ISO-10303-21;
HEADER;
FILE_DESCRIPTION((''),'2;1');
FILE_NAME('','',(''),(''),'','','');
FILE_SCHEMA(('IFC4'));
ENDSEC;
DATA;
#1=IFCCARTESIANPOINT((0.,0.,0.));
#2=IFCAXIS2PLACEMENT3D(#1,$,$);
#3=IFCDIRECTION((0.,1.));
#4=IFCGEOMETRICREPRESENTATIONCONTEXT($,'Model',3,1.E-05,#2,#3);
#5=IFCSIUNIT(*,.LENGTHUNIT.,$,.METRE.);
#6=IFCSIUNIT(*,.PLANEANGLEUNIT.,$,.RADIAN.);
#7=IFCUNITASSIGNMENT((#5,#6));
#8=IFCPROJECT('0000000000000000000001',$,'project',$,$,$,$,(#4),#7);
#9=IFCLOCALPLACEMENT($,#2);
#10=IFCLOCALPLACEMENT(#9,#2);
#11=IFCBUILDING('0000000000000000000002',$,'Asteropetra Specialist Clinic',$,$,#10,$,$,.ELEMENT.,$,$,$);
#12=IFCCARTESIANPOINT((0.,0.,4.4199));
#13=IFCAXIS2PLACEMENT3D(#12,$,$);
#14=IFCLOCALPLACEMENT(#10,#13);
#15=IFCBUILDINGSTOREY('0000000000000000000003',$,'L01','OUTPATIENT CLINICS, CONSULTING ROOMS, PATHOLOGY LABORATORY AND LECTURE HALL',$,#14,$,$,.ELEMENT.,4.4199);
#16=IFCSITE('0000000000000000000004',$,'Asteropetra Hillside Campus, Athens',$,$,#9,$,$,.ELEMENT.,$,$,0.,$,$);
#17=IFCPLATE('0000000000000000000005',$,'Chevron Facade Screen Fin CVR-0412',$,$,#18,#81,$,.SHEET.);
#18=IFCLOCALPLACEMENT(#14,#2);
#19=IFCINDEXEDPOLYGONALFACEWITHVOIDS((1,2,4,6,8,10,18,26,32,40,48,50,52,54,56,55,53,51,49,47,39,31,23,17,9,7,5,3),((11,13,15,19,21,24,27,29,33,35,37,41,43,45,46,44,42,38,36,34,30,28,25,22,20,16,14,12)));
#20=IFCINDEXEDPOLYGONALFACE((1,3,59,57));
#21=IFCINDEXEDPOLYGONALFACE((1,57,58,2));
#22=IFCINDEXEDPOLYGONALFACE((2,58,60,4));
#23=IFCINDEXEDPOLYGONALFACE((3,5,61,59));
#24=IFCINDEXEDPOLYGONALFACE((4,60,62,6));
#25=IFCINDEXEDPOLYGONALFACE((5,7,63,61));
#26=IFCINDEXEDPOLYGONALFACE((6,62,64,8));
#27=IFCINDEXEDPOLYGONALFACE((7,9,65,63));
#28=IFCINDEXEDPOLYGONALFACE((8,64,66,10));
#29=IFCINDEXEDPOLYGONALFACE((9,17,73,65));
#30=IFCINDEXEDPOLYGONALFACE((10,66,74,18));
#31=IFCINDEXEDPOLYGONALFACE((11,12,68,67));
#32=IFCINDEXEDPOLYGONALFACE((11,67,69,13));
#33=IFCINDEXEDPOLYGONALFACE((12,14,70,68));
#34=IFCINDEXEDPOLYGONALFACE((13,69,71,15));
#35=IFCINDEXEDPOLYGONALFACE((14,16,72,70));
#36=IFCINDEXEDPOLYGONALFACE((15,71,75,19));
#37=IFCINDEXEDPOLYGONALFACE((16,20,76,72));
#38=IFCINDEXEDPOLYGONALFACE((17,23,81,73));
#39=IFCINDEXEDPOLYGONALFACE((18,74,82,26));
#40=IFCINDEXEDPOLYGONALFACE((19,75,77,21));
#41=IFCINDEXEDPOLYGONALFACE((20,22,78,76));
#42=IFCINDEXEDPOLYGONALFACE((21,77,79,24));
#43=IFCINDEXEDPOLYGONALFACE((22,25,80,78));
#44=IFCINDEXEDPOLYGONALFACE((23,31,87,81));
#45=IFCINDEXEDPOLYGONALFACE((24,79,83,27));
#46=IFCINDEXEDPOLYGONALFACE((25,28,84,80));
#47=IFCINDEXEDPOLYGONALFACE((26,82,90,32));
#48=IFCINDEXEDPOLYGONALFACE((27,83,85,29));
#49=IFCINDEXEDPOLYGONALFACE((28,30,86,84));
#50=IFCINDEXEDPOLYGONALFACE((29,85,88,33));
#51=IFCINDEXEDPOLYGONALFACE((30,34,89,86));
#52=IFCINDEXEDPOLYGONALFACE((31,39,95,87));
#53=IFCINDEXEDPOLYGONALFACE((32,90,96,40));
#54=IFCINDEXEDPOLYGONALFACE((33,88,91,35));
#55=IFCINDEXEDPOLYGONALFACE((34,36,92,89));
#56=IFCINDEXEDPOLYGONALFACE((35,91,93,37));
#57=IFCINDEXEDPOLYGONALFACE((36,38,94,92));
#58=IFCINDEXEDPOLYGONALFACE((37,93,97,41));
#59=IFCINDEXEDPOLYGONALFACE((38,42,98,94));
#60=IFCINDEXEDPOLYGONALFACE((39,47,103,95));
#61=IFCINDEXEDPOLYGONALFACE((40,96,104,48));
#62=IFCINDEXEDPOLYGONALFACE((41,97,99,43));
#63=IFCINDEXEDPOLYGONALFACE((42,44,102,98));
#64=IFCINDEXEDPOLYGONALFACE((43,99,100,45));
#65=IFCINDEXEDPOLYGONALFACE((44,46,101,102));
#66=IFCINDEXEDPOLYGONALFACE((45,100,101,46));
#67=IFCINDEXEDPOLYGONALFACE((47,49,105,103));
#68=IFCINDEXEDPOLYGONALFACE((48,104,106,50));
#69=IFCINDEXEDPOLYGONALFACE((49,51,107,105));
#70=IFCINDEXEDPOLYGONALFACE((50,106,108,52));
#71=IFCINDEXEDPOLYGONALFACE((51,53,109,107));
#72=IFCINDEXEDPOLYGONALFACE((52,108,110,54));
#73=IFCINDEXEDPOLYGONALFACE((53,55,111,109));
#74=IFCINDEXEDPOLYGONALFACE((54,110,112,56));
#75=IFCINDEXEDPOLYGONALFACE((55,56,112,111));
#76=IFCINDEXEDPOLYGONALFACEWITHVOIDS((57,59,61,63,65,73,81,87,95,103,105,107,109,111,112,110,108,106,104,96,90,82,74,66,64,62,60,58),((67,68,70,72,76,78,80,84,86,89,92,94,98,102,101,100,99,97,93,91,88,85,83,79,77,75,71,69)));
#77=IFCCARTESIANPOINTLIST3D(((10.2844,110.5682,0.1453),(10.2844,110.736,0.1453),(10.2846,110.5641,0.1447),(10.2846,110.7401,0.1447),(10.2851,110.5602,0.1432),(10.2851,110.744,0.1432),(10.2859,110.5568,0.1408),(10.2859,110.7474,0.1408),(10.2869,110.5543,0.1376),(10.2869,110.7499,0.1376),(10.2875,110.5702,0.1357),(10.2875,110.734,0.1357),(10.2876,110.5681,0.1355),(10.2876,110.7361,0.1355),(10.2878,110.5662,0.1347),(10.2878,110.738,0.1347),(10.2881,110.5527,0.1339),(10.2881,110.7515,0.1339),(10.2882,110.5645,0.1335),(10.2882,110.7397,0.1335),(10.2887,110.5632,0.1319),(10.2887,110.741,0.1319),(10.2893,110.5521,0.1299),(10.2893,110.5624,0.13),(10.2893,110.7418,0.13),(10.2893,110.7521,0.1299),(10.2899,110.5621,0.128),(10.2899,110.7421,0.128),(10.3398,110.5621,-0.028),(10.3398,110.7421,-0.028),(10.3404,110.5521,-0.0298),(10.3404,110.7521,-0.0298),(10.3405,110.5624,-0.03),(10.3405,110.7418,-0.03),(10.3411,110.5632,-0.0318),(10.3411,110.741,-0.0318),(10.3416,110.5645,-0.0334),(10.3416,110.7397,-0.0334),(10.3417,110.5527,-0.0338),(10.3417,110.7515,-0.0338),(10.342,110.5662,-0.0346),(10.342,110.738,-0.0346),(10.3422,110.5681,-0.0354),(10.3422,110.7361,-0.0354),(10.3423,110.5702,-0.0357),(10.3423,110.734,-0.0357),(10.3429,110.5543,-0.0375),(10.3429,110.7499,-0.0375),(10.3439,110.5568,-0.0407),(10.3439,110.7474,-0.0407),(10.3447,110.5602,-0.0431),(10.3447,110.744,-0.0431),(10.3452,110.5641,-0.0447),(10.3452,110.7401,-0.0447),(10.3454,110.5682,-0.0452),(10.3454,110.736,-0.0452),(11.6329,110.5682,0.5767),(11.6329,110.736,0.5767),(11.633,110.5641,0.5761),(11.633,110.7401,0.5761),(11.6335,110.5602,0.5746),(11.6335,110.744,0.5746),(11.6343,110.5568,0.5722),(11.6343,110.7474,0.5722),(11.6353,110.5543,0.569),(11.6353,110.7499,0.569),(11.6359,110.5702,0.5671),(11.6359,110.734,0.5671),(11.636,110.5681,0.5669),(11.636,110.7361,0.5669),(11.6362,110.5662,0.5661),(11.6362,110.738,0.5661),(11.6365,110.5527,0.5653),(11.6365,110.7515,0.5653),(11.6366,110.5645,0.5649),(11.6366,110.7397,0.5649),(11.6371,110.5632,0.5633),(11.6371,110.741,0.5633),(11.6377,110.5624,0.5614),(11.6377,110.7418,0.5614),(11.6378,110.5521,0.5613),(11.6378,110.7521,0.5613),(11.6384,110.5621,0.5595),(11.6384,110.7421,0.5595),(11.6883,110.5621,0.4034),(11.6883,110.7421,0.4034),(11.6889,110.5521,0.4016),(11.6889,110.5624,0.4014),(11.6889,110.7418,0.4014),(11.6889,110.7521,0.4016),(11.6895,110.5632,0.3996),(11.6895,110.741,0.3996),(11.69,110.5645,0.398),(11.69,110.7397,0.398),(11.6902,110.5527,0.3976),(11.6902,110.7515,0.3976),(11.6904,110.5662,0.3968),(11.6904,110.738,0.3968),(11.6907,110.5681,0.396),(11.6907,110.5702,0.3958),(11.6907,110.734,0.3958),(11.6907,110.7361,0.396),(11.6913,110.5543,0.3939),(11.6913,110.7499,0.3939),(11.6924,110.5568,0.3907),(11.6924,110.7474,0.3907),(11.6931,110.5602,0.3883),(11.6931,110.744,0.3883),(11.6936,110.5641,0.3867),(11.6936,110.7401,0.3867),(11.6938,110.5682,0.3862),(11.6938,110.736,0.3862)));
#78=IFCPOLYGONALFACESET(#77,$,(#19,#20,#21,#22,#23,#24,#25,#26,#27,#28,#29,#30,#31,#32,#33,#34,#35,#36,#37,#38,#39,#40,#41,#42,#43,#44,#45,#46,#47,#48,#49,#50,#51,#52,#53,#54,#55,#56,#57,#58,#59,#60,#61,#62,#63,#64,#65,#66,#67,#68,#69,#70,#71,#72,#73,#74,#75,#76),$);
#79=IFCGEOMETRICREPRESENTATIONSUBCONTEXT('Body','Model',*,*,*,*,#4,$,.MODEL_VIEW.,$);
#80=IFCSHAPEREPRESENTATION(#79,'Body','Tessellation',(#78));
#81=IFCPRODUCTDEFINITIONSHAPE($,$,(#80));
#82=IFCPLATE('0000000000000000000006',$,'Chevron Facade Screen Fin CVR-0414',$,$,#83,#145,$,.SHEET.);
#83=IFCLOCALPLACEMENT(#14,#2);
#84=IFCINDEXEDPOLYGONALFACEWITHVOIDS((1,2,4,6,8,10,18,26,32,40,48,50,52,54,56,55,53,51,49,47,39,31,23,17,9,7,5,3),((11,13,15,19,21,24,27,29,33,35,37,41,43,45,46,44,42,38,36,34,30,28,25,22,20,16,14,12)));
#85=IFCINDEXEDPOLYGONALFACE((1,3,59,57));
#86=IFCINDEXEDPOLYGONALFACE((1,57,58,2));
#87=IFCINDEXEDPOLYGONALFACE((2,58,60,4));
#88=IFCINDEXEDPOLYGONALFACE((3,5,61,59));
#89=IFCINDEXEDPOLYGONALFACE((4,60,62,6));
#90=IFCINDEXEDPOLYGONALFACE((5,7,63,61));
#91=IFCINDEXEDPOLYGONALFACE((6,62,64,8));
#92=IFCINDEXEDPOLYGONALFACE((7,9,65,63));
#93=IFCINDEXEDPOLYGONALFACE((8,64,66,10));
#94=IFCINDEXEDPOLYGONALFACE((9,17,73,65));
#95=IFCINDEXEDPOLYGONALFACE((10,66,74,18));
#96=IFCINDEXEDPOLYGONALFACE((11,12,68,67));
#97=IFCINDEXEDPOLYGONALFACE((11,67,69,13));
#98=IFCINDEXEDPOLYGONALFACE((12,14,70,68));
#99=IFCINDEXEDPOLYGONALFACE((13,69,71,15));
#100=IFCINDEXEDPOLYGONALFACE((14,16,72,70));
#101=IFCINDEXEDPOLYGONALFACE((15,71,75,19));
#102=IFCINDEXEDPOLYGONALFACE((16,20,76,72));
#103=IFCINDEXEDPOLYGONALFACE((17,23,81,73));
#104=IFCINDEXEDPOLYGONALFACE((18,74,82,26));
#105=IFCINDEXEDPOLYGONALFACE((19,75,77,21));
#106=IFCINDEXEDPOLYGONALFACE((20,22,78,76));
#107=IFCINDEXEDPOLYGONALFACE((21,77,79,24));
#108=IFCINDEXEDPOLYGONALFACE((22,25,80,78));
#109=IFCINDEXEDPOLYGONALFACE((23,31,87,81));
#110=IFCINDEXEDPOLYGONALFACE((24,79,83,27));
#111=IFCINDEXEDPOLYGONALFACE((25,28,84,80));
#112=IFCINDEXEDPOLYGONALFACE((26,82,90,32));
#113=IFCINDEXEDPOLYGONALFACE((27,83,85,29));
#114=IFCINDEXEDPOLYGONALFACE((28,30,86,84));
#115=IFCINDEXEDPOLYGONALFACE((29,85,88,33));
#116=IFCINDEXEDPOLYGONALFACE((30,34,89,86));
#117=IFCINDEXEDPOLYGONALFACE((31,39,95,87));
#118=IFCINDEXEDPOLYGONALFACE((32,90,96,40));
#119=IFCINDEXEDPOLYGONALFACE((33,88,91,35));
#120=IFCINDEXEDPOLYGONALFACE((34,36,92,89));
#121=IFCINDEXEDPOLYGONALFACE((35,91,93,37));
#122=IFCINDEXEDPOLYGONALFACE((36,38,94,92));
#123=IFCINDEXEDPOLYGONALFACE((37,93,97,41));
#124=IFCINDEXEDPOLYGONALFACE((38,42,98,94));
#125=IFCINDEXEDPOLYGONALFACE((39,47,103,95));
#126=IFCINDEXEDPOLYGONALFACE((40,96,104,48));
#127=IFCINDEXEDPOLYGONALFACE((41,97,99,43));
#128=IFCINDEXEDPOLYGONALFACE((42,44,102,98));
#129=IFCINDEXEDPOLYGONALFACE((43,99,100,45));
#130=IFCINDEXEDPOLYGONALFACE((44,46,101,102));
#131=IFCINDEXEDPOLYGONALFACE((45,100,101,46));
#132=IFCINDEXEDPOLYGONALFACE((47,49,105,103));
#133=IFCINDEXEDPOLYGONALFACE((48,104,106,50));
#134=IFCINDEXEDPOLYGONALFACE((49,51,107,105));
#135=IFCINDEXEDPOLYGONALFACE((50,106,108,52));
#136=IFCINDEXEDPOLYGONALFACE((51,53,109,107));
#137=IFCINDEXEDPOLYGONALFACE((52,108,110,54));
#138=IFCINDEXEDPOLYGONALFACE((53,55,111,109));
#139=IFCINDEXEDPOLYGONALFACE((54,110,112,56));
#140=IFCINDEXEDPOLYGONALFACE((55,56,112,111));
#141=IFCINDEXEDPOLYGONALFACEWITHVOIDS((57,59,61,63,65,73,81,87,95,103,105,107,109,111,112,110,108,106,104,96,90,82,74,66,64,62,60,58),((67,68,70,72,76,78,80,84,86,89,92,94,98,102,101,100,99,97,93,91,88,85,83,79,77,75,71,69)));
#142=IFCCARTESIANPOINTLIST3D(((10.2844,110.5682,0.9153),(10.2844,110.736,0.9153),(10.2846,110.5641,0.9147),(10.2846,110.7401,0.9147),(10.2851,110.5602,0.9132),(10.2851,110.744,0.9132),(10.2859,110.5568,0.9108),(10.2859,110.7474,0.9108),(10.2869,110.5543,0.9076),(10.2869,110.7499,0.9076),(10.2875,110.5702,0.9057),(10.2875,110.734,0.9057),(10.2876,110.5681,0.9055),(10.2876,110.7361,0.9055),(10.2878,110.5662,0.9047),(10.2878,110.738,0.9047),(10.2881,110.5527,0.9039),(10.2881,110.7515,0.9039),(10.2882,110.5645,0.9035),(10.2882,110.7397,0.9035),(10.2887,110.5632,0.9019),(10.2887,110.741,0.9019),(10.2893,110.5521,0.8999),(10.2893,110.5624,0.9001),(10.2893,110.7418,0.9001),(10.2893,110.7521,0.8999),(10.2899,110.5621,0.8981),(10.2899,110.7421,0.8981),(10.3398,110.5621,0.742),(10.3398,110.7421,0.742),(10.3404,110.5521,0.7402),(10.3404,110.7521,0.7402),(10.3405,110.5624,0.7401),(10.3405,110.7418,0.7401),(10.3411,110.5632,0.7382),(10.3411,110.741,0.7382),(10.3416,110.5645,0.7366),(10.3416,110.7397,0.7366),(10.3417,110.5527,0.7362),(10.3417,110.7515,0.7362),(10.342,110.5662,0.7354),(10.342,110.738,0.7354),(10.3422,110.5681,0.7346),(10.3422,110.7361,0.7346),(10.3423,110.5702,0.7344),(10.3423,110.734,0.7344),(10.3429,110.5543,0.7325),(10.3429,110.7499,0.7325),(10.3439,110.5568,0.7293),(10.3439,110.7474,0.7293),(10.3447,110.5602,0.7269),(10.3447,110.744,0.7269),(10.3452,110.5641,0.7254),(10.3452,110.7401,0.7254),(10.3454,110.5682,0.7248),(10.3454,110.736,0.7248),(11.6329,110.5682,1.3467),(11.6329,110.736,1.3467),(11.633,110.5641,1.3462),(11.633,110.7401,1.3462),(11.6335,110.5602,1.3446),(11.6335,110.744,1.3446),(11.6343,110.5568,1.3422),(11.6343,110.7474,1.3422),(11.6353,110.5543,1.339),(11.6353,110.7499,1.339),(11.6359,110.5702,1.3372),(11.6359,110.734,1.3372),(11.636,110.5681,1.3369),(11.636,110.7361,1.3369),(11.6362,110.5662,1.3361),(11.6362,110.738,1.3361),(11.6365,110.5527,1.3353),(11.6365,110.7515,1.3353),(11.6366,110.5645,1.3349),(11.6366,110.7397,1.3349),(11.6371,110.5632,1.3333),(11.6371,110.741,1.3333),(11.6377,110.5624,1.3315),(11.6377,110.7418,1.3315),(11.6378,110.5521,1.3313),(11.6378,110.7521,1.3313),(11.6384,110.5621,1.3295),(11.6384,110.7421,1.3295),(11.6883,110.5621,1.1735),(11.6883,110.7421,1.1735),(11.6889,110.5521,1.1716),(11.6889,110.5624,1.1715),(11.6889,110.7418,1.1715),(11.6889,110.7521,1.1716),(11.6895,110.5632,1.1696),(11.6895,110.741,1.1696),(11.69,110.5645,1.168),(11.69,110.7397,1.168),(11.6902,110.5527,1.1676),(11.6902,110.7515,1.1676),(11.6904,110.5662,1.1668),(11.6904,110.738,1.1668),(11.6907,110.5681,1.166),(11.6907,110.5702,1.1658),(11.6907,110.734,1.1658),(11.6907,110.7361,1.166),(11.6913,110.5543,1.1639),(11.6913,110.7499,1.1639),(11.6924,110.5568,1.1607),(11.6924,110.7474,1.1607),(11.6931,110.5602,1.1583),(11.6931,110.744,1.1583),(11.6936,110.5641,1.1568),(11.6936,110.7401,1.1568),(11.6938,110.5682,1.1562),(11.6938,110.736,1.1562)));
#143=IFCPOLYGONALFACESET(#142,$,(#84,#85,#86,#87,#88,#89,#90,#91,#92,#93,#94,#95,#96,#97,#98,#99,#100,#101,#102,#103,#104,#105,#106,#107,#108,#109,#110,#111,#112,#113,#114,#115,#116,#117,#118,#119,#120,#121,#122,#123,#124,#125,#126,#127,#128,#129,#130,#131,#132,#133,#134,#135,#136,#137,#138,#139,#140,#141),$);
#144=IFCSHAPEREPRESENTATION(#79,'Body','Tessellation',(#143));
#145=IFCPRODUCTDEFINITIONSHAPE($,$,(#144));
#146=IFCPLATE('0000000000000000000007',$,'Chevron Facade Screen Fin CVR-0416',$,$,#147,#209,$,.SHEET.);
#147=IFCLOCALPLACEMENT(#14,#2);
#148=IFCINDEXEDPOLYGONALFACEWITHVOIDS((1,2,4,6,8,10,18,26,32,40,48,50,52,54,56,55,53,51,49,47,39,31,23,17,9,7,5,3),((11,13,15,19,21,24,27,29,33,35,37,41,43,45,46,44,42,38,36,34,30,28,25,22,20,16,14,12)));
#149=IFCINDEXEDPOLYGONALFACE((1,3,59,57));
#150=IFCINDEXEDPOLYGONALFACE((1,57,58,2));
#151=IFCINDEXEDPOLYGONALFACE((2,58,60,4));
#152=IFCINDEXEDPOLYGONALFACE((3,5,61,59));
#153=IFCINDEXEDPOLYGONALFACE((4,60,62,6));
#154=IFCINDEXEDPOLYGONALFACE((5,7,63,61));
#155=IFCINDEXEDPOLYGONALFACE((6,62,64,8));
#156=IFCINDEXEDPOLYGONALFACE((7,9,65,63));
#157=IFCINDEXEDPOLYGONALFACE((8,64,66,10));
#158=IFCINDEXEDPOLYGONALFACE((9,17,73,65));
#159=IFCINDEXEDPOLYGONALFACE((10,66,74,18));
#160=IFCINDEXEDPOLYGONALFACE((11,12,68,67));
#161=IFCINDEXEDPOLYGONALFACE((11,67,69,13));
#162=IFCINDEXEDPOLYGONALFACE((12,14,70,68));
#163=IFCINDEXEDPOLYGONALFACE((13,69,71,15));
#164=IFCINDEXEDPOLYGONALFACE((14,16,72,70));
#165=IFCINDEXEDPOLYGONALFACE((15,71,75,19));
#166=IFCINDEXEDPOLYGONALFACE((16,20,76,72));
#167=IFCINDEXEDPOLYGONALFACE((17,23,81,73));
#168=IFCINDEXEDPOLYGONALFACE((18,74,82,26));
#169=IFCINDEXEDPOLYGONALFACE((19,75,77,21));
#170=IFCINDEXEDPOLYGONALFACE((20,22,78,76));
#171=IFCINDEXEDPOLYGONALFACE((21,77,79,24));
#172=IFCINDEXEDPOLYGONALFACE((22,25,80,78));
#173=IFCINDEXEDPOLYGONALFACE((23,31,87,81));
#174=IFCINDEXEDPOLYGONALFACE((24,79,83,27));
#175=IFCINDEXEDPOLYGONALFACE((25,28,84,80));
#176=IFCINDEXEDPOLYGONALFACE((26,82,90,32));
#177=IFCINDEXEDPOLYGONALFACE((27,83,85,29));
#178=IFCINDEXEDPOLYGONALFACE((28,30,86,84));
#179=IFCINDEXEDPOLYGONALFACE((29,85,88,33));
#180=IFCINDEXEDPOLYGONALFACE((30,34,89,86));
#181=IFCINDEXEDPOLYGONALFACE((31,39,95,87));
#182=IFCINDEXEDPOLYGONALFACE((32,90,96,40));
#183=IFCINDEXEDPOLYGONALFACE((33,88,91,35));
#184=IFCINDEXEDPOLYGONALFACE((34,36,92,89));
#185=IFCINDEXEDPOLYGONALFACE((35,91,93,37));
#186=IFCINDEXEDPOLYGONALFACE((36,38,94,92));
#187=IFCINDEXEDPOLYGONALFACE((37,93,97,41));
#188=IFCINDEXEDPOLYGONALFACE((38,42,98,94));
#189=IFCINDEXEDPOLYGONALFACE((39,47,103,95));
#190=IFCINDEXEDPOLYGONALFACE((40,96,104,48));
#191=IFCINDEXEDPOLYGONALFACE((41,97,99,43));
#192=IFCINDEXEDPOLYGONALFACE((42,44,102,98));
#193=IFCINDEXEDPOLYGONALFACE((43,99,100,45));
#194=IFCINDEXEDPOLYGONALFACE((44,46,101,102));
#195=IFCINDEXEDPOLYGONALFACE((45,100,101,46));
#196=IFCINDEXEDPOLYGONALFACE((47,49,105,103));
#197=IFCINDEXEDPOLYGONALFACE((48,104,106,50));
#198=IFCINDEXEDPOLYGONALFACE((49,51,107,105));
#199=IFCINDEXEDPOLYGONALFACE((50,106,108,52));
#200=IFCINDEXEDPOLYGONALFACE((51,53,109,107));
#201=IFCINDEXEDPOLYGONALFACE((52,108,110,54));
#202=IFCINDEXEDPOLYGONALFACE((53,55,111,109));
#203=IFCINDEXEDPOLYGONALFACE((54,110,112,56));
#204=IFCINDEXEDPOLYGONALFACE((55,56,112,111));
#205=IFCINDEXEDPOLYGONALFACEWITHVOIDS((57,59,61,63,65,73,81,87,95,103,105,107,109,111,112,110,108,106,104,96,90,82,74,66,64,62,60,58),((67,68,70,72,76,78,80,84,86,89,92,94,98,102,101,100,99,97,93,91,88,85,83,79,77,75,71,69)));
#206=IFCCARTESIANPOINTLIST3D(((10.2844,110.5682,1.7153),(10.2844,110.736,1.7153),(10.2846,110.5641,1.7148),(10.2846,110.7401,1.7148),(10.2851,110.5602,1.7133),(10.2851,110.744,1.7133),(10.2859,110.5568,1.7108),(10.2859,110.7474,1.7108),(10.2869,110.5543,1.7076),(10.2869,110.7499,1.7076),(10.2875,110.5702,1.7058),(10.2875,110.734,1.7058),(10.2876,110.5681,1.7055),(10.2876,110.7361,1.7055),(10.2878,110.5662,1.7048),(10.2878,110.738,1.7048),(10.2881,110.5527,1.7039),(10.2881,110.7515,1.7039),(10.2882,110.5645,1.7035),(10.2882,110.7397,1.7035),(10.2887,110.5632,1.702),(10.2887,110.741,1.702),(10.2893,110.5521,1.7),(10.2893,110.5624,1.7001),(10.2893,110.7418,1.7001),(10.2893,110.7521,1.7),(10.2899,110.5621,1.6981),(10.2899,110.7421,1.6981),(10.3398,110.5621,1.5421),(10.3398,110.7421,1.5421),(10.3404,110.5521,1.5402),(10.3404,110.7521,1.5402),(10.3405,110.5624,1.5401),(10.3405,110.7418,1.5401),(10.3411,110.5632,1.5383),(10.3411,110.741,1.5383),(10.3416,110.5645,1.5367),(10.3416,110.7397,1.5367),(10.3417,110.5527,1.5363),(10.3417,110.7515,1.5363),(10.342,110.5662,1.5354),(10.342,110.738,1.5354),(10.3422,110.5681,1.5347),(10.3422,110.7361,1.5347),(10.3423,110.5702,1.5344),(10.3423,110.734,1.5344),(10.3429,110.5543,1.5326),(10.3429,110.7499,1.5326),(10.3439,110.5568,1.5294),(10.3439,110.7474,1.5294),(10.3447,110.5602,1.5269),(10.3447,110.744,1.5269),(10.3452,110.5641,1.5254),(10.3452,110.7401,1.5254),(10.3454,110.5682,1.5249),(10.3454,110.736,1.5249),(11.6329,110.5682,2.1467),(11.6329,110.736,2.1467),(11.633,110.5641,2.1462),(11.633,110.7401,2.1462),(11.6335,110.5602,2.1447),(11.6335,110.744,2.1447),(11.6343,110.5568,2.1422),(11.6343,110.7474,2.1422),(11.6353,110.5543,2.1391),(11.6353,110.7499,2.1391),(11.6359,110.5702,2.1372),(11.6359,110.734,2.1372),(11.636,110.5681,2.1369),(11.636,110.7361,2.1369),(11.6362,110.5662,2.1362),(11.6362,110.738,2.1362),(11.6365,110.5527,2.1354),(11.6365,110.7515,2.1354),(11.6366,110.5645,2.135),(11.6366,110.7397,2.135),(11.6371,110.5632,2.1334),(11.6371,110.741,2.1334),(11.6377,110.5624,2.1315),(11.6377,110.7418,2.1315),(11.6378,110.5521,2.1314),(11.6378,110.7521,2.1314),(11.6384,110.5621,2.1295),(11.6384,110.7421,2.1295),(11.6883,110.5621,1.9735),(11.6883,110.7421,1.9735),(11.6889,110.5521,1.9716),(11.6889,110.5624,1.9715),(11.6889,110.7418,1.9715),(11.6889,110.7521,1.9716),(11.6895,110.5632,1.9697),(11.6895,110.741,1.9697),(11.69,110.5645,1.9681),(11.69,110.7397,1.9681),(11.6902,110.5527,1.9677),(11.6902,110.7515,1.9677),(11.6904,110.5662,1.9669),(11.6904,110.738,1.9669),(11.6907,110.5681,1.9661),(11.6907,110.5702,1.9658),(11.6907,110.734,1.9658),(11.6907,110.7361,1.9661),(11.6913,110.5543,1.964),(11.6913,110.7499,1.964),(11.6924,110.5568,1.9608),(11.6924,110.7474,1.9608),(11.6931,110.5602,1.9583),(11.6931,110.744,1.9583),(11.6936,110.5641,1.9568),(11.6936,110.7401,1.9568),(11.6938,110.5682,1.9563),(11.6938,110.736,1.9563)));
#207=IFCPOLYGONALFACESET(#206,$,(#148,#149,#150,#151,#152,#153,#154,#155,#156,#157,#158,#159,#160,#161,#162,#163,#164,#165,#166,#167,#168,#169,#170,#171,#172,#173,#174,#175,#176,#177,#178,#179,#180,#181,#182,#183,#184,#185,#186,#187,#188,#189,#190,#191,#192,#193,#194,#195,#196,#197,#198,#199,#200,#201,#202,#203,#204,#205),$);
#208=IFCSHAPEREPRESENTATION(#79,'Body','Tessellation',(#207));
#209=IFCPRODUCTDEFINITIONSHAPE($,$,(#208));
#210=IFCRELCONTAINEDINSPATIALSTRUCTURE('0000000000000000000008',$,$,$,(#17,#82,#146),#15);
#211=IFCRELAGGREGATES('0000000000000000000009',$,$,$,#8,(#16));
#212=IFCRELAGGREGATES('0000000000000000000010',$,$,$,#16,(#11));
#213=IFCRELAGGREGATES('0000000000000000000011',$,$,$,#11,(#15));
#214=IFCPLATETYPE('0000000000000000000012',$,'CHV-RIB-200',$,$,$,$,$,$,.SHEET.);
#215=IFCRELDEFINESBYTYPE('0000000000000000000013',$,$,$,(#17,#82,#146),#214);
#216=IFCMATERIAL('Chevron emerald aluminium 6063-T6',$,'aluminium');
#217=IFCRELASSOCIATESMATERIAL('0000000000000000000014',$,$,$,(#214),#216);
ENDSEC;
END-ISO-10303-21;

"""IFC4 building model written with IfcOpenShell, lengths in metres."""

from ifc_helpers import new_model, si_unit, direction, frame, origin, origin_2d, place, context, subcontext, project, spatial, hollow_rectangle, extrude, material, material_profile, profile_set, type_object, element, save


model = new_model("IFC4")

# Units and contexts
model_context = context("Model", 3, precision=1e-05, world=origin(), true_north=direction((0.0, 1.0)))
body_context = subcontext(model_context, "Body", "Model", "MODEL_VIEW")
ifc_project = project(units=[si_unit("LENGTHUNIT", "METRE"), si_unit("PLANEANGLEUNIT", "RADIAN")], contexts=[model_context])

# Site, building, storey
site_placement = place(None, origin())
site = spatial("IfcSite", under=ifc_project, at=site_placement, Name="Asteropetra Hillside Campus, Athens", CompositionType="ELEMENT", RefElevation=0.0)
building_placement = place(site_placement, origin())
building = spatial("IfcBuilding", under=site, at=building_placement, Name="Asteropetra Specialist Clinic", CompositionType="ELEMENT")
storey_placement = place(building_placement, frame((0.0, 0.0, 4.4199)))
storey = spatial("IfcBuildingStorey", under=building, at=storey_placement, Name="L01", Description="OUTPATIENT CLINICS, CONSULTING ROOMS, PATHOLOGY LABORATORY AND LECTURE HALL", CompositionType="ELEMENT", Elevation=4.4199)

# Plates
ifc_material_1 = material(Name="Chevron emerald aluminium 6063-T6", Category="aluminium")
ifc_material_profile_1 = material_profile(ifc_material_1, hollow_rectangle(XDim=0.2, YDim=0.2, WallThickness=0.01, InnerFilletRadius=0.0081, OuterFilletRadius=0.0161, at=origin_2d()), Name="SHS 200x200x10.0")
ifc_profile_set_1 = profile_set([ifc_material_profile_1], Name="Chevron emerald aluminium 6063-T6")
plate_type_1 = type_object("IfcPlateType", Name="CHV-RIB-200", PredefinedType="SHEET", material=ifc_profile_set_1)
for number, where, z_axis, x_axis, name in (
    (1, (11.6633, 110.6521, 0.4814), (-0.952442, 0.0, -0.304719), (0.0, -1.0, 0.0), "Chevron Facade Screen Fin CVR-0412"),
    (2, (11.6633, 110.6521, 1.2515), (-0.952442, 0.0, -0.304719), (0.0, -1.0, 0.0), "Chevron Facade Screen Fin CVR-0414"),
    (3, (11.6633, 110.6521, 2.0515), (-0.952442, 0.0, -0.304719), (0.0, -1.0, 0.0), "Chevron Facade Screen Fin CVR-0416"),
):
    element("IfcPlate", number, at=place(storey_placement, frame(where, z_axis=z_axis, x_axis=x_axis)), inside=storey, type_object=plate_type_1, Name=name, PredefinedType="SHEET", context=body_context, shape_type="SweptSolid", body=[
        extrude(hollow_rectangle(XDim=0.2, YDim=0.2, WallThickness=0.01, InnerFilletRadius=0.0081, OuterFilletRadius=0.0161, at=origin_2d()), origin(), (0.0, 0.0, 1.0), 1.4158),
    ])

save(model, "model.ifc")
